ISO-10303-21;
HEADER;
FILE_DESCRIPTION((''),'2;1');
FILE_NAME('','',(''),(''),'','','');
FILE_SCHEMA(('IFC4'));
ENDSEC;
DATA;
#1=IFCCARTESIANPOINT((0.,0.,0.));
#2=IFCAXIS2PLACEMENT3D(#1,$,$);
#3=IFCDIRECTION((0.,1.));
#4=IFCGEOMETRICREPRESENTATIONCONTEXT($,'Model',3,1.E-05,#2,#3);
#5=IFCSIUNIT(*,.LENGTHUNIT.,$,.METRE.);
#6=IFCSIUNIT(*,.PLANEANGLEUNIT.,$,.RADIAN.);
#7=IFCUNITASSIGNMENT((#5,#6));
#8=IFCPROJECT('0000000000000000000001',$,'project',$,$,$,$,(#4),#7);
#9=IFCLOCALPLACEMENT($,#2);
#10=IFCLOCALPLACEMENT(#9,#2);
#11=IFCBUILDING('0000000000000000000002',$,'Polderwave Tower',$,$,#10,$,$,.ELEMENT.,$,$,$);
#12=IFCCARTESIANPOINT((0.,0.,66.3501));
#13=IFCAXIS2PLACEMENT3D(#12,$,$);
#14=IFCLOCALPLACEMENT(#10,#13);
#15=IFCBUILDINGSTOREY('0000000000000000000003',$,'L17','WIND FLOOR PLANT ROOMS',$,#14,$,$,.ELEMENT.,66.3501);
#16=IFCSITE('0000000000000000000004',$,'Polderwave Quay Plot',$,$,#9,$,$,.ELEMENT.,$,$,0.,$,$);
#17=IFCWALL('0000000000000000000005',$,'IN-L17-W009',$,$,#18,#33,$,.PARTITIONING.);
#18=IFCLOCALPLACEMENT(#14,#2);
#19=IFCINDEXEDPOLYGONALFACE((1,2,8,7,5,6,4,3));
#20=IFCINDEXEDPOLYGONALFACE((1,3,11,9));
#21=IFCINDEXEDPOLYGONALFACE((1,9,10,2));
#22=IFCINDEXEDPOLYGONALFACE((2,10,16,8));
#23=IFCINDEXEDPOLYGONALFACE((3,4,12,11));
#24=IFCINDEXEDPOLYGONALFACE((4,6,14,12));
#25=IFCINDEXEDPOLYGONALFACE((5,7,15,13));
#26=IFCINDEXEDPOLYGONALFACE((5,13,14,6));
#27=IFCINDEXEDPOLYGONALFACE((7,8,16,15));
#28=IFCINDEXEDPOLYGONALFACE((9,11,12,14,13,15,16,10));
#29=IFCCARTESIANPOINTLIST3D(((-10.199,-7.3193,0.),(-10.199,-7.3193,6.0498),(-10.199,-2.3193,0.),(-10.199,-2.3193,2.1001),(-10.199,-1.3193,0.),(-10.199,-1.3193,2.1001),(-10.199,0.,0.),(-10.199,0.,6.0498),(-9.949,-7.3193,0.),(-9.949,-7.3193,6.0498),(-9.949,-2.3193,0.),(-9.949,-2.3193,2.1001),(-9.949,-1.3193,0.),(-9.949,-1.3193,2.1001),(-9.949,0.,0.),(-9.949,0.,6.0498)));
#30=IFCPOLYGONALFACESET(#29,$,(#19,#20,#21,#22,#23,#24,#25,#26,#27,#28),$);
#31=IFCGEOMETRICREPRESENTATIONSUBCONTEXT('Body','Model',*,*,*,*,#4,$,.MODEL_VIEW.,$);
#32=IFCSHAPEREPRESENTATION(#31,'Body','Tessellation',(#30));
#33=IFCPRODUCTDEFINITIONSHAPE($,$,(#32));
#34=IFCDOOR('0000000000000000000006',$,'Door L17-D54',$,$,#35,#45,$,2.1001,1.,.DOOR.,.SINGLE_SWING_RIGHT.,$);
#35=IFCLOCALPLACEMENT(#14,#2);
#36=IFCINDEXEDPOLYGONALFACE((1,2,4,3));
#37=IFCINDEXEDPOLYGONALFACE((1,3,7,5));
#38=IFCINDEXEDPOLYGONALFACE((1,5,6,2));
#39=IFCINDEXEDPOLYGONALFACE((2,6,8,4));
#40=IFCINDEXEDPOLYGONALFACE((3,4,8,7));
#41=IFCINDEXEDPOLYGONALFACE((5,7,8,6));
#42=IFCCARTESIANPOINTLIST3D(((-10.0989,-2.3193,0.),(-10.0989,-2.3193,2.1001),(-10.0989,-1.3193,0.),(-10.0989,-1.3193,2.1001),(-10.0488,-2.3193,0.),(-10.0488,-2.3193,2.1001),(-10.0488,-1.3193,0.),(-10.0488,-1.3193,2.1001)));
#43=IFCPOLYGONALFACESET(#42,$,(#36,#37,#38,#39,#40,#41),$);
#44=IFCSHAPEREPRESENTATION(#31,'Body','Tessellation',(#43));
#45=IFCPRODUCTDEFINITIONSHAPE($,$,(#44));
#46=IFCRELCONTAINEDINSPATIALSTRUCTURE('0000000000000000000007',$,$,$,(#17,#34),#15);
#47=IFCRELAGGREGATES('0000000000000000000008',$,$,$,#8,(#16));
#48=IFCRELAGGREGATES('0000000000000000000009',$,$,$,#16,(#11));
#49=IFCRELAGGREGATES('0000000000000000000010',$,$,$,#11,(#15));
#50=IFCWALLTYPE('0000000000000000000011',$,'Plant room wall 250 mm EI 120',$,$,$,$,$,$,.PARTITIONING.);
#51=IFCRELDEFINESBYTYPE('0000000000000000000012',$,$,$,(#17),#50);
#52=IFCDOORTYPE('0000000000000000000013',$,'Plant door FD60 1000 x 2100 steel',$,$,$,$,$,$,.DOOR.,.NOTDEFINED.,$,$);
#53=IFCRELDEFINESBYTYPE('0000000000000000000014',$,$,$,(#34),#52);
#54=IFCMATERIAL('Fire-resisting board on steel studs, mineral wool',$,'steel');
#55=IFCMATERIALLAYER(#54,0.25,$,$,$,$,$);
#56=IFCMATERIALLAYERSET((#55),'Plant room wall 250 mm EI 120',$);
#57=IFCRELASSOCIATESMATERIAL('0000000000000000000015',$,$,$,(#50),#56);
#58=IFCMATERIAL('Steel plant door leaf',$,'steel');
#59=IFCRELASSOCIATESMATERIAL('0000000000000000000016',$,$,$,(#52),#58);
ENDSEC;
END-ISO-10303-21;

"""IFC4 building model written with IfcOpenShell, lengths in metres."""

from ifc_helpers import new_model, si_unit, direction, frame, frame_2d, origin, place, context, subcontext, project, spatial, rectangle, extrude, material, layer, layer_set, type_object, element, fill, save


model = new_model("IFC4")

# Units and contexts
model_context = context("Model", 3, precision=1e-05, world=origin(), true_north=direction((0.0, 1.0)))
body_context = subcontext(model_context, "Body", "Model", "MODEL_VIEW")
ifc_project = project(units=[si_unit("LENGTHUNIT", "METRE"), si_unit("PLANEANGLEUNIT", "RADIAN")], contexts=[model_context])

# Site, building, storey
site_placement = place(None, origin())
site = spatial("IfcSite", under=ifc_project, at=site_placement, Name="Polderwave Quay Plot", CompositionType="ELEMENT", RefElevation=0.0)
building_placement = place(site_placement, origin())
building = spatial("IfcBuilding", under=site, at=building_placement, Name="Polderwave Tower", CompositionType="ELEMENT")
storey_placement = place(building_placement, frame((0.0, 0.0, 66.3501)))
storey = spatial("IfcBuildingStorey", under=building, at=storey_placement, Name="L17", Description="WIND FLOOR PLANT ROOMS", CompositionType="ELEMENT", Elevation=66.3501)

# Wall, opening, door
ifc_material_1 = material(Name="Fire-resisting board on steel studs, mineral wool", Category="steel")
ifc_layer_1 = layer(ifc_material_1, 0.25)
ifc_layer_set_1 = layer_set([ifc_layer_1], Name="Plant room wall 250 mm EI 120")
wall_type_1 = type_object("IfcWallType", Name="Plant room wall 250 mm EI 120", PredefinedType="PARTITIONING", material=ifc_layer_set_1)
wall_1_placement = place(storey_placement, frame((-10.074, -7.3193, 0.0), z_axis=(0.0, 0.0, 1.0), x_axis=(0.0, 1.0, 0.0)))
wall_1 = element("IfcWall", 1, at=wall_1_placement, inside=storey, type_object=wall_type_1, Name="IN-L17-W009", PredefinedType="PARTITIONING", context=body_context, shape_type="SweptSolid", body=[
    extrude(rectangle(XDim=7.3193, YDim=0.25, at=frame_2d((3.6597, 0.0))), origin(), (0.0, 0.0, 1.0), 6.0498),
])
opening_placement = place(wall_1_placement, frame((5.0, 0.0, 0.0)))
opening = element("IfcOpeningElement", 2, at=opening_placement, cuts=wall_1, PredefinedType="OPENING", context=body_context, shape_type="SweptSolid", body=[
    extrude(rectangle(XDim=1.0, YDim=2.1001, at=frame_2d((0.5, 1.05))), frame((0.0, 0.135, 0.0), z_axis=(0.0, -1.0, 0.0), x_axis=(1.0, 0.0, 0.0)), (0.0, 0.0, 1.0), 0.27),
])
ifc_material_2 = material(Name="Steel plant door leaf", Category="steel")
door_type = type_object("IfcDoorType", Name="Plant door FD60 1000 x 2100 steel", OperationType="NOTDEFINED", PredefinedType="DOOR", material=ifc_material_2)
door_placement = place(opening_placement, origin())
door = element("IfcDoor", 3, at=door_placement, inside=storey, type_object=door_type, Name="Door L17-D54", OperationType="SINGLE_SWING_RIGHT", OverallHeight=2.1001, OverallWidth=1.0, PredefinedType="DOOR", context=body_context, shape_type="SweptSolid", body=[
    extrude(rectangle(XDim=1.0, YDim=2.1001, at=frame_2d((0.5, 1.05))), frame((0.0, 0.0249, 0.0), z_axis=(0.0, -1.0, 0.0), x_axis=(1.0, 0.0, 0.0)), (0.0, 0.0, 1.0), 0.05),
])
fill(opening, door)

save(model, "model.ifc")
